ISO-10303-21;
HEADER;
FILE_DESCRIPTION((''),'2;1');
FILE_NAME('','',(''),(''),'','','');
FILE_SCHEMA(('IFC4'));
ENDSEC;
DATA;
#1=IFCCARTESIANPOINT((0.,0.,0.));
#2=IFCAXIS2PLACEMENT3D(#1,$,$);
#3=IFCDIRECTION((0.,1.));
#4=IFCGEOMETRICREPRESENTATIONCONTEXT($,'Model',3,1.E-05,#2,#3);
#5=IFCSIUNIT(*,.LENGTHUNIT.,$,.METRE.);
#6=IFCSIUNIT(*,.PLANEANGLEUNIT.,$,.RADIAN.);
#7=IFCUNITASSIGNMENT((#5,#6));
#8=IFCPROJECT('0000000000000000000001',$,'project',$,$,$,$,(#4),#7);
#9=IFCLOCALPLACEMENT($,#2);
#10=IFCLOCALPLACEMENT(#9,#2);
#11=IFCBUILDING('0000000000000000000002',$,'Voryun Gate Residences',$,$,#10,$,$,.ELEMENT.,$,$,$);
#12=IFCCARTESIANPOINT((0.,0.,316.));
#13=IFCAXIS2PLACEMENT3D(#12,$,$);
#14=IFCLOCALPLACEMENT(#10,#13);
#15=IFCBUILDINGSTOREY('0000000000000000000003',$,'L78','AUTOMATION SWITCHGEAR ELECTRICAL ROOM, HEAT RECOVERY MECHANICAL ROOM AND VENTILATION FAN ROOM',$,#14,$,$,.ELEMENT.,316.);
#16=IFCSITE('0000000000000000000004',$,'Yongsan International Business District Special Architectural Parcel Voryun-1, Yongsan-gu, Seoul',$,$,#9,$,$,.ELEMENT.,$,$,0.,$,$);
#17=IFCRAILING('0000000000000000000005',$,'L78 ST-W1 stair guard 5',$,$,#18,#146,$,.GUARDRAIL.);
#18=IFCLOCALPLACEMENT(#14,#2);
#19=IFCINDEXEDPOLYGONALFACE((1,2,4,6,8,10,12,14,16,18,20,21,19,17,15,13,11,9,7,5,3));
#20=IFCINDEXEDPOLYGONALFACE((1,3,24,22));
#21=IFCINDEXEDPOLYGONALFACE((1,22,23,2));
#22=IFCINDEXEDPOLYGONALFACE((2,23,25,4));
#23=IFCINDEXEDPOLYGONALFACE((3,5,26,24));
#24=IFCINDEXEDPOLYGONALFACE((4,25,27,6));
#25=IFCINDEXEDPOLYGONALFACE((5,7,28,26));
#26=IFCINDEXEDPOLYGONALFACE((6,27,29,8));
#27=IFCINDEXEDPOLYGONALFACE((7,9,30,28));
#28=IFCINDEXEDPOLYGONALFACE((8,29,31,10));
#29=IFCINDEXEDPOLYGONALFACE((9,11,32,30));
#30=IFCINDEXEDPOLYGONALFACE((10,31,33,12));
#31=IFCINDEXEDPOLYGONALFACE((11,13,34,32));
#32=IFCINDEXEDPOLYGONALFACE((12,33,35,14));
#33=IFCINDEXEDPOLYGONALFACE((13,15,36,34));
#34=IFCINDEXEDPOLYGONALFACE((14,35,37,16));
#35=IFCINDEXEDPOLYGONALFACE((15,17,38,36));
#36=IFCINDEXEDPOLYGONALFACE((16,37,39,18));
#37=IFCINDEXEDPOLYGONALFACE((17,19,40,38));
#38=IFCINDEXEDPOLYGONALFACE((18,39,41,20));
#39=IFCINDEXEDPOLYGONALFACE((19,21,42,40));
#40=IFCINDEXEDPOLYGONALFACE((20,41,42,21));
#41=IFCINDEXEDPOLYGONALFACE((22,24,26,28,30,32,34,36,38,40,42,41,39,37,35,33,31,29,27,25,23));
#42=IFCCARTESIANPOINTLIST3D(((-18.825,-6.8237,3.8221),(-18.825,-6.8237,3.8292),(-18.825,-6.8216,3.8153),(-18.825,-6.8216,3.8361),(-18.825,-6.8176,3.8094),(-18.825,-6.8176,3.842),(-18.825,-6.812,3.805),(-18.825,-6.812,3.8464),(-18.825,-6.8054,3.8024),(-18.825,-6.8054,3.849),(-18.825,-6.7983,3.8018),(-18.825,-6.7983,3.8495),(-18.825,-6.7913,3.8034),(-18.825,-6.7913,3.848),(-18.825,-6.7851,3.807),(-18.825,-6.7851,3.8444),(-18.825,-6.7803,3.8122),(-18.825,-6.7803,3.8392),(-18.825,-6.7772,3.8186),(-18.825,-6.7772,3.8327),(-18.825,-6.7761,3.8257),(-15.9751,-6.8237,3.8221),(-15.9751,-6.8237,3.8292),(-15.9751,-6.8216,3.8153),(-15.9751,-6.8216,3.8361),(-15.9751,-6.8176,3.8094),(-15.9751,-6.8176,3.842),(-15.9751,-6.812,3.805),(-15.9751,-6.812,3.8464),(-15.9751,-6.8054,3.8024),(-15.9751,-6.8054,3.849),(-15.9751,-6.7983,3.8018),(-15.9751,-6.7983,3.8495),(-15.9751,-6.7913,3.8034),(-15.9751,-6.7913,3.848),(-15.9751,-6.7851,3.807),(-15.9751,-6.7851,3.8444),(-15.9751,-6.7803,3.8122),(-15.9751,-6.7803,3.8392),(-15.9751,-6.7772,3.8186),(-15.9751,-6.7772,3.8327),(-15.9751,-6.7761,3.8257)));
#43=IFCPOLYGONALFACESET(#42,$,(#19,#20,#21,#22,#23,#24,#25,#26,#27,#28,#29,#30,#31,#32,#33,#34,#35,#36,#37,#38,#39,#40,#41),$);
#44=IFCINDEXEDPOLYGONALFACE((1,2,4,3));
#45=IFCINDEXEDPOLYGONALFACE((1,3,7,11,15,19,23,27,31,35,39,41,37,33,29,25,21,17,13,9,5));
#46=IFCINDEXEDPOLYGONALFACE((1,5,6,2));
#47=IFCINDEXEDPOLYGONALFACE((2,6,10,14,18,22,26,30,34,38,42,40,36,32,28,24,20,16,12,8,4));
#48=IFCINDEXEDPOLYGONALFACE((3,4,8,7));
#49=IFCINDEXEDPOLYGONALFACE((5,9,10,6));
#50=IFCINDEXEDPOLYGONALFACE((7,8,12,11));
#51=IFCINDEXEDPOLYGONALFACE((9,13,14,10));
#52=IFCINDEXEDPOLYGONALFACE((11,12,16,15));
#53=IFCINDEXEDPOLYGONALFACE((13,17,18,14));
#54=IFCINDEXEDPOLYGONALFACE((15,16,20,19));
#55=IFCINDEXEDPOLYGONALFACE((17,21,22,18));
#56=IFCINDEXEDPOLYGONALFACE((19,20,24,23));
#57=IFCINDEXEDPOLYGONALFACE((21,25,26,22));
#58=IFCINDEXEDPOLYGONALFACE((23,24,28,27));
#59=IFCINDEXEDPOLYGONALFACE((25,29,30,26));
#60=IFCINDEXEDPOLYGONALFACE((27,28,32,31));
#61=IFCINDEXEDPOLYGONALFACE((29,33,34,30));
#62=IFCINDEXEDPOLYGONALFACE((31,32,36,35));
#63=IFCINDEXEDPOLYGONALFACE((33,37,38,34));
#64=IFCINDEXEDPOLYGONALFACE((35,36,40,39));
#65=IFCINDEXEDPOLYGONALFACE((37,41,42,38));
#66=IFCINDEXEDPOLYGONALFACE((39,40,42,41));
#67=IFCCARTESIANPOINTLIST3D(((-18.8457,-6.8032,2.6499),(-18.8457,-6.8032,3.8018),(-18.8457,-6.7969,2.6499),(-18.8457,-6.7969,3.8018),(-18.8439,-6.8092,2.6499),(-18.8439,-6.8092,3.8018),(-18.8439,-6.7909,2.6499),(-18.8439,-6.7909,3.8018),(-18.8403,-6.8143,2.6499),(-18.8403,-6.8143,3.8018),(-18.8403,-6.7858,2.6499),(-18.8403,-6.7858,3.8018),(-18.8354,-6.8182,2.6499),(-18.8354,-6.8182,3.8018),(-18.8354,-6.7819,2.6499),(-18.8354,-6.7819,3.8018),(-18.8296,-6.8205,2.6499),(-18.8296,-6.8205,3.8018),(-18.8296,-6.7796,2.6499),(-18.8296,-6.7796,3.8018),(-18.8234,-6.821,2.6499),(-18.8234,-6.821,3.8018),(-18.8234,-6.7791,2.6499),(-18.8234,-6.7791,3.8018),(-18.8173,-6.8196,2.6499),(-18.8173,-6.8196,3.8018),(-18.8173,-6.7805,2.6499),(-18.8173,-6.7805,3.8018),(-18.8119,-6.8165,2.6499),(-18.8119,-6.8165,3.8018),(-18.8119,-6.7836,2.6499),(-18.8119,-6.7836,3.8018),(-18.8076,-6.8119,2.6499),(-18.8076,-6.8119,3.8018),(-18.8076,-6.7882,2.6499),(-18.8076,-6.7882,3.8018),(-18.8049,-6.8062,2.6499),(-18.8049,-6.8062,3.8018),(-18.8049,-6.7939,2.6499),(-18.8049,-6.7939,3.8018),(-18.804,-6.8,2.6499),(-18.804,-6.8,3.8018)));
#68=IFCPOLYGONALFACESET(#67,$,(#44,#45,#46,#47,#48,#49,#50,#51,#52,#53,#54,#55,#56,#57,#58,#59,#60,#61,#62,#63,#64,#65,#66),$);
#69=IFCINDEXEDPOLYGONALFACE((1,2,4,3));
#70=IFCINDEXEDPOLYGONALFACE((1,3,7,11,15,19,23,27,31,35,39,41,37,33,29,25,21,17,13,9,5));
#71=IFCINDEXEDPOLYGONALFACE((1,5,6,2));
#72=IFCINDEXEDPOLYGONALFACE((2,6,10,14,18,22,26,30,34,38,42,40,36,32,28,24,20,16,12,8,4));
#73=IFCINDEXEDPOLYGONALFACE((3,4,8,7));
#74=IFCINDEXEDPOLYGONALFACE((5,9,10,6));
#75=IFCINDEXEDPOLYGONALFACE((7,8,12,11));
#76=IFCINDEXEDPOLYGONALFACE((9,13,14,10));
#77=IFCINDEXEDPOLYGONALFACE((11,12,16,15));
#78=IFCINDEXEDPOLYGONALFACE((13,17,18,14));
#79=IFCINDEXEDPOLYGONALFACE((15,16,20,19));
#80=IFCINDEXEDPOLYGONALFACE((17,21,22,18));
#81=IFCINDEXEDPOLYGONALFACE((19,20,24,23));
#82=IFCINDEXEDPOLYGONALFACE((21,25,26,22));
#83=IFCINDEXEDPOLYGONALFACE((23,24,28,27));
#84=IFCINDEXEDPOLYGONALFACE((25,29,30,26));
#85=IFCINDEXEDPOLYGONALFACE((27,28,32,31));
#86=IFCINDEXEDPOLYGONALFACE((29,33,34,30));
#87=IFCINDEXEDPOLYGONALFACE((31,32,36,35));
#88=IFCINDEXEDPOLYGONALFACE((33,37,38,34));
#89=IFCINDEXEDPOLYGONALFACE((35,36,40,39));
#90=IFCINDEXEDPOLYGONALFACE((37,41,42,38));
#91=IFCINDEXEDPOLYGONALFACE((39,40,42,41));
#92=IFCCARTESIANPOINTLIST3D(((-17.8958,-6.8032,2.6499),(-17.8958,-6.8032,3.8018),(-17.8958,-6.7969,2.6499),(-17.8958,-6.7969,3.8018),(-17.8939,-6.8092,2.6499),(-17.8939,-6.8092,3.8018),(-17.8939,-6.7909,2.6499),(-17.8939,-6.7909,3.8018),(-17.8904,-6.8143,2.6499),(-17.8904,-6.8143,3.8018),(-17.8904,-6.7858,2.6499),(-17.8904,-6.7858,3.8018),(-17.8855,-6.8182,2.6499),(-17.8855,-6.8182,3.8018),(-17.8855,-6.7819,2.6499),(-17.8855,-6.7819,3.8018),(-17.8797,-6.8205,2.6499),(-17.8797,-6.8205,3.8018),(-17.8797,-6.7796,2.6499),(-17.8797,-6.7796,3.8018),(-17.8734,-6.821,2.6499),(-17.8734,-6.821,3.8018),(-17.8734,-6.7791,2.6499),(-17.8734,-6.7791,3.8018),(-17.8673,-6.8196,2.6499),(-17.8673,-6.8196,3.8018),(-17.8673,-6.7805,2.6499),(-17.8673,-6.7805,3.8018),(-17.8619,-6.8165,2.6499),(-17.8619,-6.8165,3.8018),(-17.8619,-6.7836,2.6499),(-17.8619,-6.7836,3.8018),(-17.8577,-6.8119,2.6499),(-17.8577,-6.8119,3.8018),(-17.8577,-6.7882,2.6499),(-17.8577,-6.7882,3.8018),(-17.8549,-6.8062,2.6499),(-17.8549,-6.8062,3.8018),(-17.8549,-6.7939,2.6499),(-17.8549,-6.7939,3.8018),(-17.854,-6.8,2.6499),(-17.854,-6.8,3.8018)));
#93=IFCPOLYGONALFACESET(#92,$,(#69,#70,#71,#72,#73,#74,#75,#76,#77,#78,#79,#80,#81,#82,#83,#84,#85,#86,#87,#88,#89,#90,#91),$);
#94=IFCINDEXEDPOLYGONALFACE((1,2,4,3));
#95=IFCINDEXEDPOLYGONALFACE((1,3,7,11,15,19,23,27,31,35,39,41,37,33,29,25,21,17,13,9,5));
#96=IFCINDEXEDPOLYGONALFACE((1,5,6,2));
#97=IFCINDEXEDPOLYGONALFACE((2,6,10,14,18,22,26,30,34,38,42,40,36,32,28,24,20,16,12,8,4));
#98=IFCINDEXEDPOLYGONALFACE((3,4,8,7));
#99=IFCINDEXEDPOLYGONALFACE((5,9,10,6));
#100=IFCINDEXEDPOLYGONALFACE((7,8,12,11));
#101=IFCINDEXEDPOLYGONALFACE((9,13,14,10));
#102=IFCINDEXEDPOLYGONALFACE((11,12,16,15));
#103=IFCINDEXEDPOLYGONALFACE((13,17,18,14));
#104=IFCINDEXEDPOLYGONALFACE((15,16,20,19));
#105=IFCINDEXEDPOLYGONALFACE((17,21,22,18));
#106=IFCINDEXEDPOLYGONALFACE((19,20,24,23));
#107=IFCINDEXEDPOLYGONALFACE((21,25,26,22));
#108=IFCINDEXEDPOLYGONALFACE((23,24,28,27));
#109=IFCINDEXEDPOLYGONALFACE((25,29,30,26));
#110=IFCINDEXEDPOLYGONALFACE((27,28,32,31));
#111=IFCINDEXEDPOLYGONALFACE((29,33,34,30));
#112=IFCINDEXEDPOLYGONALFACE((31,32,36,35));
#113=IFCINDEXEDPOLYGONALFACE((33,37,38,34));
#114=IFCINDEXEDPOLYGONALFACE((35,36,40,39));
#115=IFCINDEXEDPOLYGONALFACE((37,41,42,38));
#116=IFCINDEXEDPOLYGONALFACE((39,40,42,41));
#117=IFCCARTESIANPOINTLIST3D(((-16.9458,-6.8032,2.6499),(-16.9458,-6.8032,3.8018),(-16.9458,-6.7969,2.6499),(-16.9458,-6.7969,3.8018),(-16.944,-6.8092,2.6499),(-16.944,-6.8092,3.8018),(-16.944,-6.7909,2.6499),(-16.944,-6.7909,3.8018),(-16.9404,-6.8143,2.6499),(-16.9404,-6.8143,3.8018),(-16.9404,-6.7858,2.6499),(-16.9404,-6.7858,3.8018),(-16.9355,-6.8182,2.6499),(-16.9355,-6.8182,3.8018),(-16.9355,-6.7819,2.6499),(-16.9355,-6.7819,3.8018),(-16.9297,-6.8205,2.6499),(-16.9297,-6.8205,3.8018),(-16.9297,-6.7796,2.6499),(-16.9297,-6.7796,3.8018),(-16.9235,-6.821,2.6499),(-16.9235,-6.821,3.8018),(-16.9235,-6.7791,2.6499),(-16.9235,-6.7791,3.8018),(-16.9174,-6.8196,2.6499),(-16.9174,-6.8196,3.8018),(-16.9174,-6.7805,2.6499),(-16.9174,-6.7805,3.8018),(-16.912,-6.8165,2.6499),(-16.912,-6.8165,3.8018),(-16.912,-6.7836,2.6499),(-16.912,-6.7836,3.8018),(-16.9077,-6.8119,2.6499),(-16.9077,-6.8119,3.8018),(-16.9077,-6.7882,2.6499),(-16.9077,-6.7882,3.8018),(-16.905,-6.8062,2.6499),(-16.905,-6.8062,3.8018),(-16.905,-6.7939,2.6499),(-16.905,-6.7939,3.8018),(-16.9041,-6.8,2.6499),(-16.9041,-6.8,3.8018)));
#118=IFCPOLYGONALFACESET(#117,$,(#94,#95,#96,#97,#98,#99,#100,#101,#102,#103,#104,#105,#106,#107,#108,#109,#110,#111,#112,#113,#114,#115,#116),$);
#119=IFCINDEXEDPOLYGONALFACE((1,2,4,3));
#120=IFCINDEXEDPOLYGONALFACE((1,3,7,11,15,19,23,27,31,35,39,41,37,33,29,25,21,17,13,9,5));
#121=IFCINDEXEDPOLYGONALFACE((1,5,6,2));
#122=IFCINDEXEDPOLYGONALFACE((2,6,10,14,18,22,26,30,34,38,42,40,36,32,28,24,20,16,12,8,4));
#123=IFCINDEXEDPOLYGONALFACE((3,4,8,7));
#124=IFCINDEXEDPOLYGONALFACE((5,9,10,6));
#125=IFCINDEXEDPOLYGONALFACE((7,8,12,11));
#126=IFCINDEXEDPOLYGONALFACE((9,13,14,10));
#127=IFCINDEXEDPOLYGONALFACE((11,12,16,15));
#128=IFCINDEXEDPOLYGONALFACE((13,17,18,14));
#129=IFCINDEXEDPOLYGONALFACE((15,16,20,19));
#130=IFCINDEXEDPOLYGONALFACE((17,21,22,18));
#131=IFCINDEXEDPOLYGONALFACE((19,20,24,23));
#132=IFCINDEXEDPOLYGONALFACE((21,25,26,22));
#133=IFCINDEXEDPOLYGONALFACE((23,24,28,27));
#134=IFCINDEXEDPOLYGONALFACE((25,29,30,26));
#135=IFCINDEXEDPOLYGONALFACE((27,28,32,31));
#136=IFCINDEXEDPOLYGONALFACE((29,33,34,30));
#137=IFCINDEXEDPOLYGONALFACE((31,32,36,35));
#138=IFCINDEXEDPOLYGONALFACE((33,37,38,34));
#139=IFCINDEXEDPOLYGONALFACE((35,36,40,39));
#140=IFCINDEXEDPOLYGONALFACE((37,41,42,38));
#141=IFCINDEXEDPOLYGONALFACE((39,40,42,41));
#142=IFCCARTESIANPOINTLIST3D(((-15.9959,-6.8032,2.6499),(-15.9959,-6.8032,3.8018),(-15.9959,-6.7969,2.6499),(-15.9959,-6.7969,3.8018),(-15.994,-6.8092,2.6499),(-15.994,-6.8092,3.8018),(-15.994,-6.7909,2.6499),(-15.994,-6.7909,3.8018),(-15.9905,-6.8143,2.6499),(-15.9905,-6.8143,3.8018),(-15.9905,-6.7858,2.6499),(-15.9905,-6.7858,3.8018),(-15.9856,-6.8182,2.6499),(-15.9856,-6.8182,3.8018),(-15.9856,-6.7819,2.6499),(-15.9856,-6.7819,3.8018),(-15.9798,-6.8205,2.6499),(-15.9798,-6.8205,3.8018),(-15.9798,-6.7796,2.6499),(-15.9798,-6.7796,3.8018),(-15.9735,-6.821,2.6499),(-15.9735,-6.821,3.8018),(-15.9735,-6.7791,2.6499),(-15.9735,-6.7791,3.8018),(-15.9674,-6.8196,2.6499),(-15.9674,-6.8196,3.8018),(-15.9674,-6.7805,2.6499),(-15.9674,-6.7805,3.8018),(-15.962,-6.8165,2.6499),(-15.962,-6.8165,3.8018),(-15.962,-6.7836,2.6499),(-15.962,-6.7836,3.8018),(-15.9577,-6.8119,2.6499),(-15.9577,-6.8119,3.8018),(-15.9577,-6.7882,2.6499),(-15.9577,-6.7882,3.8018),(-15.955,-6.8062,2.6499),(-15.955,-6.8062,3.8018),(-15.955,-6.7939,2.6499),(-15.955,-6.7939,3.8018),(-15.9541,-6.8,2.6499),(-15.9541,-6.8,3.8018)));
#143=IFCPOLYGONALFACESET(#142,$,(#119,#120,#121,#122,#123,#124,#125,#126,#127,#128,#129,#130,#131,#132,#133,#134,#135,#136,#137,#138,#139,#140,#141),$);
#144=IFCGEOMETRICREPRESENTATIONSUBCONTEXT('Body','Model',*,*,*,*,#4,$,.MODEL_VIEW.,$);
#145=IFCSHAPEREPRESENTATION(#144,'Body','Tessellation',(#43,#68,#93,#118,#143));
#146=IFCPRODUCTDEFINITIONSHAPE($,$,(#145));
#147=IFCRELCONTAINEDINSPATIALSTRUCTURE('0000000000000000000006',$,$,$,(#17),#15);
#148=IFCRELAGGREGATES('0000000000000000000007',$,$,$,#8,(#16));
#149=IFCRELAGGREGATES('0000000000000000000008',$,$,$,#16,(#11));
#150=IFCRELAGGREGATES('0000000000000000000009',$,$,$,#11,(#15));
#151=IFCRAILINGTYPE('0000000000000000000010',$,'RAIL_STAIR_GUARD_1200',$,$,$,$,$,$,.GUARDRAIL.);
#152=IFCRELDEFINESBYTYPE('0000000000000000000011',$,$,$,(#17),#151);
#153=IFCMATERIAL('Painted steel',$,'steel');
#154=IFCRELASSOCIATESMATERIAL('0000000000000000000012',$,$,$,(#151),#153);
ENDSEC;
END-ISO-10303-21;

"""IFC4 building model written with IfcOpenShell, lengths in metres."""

from ifc_helpers import new_model, si_unit, direction, frame, origin, origin_2d, place, context, subcontext, project, spatial, circle, extrude, material, type_object, element, save


model = new_model("IFC4")

# Units and contexts
model_context = context("Model", 3, precision=1e-05, world=origin(), true_north=direction((0.0, 1.0)))
body_context = subcontext(model_context, "Body", "Model", "MODEL_VIEW")
ifc_project = project(units=[si_unit("LENGTHUNIT", "METRE"), si_unit("PLANEANGLEUNIT", "RADIAN")], contexts=[model_context])

# Site, building, storey
site_placement = place(None, origin())
site = spatial("IfcSite", under=ifc_project, at=site_placement, Name="Yongsan International Business District Special Architectural Parcel Voryun-1, Yongsan-gu, Seoul", CompositionType="ELEMENT", RefElevation=0.0)
building_placement = place(site_placement, origin())
building = spatial("IfcBuilding", under=site, at=building_placement, Name="Voryun Gate Residences", CompositionType="ELEMENT")
storey_placement = place(building_placement, frame((0.0, 0.0, 316.0)))
storey = spatial("IfcBuildingStorey", under=building, at=storey_placement, Name="L78", Description="AUTOMATION SWITCHGEAR ELECTRICAL ROOM, HEAT RECOVERY MECHANICAL ROOM AND VENTILATION FAN ROOM", CompositionType="ELEMENT", Elevation=316.0)

# Railing
ifc_material_1 = material(Name="Painted steel", Category="steel")
railing_type = type_object("IfcRailingType", Name="RAIL_STAIR_GUARD_1200", PredefinedType="GUARDRAIL", material=ifc_material_1)
railing_1_placement = place(storey_placement, frame((-18.825, -6.8, 2.6499)))
element("IfcRailing", 1, at=railing_1_placement, inside=storey, type_object=railing_type, Name="L78 ST-W1 stair guard 5", PredefinedType="GUARDRAIL", context=body_context, shape_type="SweptSolid", body=[
    extrude(circle(Radius=0.0239, at=origin_2d()), frame((0.0, 0.0, 1.1758), z_axis=(1.0, 0.0, 0.0), x_axis=(0.0, 1.0, 0.0)), (0.0, 0.0, 1.0), 2.8499),
    extrude(circle(Radius=0.021, at=origin_2d()), origin(), (0.0, 0.0, 1.0), 1.1519),
    extrude(circle(Radius=0.021, at=origin_2d()), frame((0.95, 0.0, 0.0)), (0.0, 0.0, 1.0), 1.1519),
    extrude(circle(Radius=0.021, at=origin_2d()), frame((1.8999, 0.0, 0.0)), (0.0, 0.0, 1.0), 1.1519),
    extrude(circle(Radius=0.021, at=origin_2d()), frame((2.8499, 0.0, 0.0)), (0.0, 0.0, 1.0), 1.1519),
])

save(model, "model.ifc")
